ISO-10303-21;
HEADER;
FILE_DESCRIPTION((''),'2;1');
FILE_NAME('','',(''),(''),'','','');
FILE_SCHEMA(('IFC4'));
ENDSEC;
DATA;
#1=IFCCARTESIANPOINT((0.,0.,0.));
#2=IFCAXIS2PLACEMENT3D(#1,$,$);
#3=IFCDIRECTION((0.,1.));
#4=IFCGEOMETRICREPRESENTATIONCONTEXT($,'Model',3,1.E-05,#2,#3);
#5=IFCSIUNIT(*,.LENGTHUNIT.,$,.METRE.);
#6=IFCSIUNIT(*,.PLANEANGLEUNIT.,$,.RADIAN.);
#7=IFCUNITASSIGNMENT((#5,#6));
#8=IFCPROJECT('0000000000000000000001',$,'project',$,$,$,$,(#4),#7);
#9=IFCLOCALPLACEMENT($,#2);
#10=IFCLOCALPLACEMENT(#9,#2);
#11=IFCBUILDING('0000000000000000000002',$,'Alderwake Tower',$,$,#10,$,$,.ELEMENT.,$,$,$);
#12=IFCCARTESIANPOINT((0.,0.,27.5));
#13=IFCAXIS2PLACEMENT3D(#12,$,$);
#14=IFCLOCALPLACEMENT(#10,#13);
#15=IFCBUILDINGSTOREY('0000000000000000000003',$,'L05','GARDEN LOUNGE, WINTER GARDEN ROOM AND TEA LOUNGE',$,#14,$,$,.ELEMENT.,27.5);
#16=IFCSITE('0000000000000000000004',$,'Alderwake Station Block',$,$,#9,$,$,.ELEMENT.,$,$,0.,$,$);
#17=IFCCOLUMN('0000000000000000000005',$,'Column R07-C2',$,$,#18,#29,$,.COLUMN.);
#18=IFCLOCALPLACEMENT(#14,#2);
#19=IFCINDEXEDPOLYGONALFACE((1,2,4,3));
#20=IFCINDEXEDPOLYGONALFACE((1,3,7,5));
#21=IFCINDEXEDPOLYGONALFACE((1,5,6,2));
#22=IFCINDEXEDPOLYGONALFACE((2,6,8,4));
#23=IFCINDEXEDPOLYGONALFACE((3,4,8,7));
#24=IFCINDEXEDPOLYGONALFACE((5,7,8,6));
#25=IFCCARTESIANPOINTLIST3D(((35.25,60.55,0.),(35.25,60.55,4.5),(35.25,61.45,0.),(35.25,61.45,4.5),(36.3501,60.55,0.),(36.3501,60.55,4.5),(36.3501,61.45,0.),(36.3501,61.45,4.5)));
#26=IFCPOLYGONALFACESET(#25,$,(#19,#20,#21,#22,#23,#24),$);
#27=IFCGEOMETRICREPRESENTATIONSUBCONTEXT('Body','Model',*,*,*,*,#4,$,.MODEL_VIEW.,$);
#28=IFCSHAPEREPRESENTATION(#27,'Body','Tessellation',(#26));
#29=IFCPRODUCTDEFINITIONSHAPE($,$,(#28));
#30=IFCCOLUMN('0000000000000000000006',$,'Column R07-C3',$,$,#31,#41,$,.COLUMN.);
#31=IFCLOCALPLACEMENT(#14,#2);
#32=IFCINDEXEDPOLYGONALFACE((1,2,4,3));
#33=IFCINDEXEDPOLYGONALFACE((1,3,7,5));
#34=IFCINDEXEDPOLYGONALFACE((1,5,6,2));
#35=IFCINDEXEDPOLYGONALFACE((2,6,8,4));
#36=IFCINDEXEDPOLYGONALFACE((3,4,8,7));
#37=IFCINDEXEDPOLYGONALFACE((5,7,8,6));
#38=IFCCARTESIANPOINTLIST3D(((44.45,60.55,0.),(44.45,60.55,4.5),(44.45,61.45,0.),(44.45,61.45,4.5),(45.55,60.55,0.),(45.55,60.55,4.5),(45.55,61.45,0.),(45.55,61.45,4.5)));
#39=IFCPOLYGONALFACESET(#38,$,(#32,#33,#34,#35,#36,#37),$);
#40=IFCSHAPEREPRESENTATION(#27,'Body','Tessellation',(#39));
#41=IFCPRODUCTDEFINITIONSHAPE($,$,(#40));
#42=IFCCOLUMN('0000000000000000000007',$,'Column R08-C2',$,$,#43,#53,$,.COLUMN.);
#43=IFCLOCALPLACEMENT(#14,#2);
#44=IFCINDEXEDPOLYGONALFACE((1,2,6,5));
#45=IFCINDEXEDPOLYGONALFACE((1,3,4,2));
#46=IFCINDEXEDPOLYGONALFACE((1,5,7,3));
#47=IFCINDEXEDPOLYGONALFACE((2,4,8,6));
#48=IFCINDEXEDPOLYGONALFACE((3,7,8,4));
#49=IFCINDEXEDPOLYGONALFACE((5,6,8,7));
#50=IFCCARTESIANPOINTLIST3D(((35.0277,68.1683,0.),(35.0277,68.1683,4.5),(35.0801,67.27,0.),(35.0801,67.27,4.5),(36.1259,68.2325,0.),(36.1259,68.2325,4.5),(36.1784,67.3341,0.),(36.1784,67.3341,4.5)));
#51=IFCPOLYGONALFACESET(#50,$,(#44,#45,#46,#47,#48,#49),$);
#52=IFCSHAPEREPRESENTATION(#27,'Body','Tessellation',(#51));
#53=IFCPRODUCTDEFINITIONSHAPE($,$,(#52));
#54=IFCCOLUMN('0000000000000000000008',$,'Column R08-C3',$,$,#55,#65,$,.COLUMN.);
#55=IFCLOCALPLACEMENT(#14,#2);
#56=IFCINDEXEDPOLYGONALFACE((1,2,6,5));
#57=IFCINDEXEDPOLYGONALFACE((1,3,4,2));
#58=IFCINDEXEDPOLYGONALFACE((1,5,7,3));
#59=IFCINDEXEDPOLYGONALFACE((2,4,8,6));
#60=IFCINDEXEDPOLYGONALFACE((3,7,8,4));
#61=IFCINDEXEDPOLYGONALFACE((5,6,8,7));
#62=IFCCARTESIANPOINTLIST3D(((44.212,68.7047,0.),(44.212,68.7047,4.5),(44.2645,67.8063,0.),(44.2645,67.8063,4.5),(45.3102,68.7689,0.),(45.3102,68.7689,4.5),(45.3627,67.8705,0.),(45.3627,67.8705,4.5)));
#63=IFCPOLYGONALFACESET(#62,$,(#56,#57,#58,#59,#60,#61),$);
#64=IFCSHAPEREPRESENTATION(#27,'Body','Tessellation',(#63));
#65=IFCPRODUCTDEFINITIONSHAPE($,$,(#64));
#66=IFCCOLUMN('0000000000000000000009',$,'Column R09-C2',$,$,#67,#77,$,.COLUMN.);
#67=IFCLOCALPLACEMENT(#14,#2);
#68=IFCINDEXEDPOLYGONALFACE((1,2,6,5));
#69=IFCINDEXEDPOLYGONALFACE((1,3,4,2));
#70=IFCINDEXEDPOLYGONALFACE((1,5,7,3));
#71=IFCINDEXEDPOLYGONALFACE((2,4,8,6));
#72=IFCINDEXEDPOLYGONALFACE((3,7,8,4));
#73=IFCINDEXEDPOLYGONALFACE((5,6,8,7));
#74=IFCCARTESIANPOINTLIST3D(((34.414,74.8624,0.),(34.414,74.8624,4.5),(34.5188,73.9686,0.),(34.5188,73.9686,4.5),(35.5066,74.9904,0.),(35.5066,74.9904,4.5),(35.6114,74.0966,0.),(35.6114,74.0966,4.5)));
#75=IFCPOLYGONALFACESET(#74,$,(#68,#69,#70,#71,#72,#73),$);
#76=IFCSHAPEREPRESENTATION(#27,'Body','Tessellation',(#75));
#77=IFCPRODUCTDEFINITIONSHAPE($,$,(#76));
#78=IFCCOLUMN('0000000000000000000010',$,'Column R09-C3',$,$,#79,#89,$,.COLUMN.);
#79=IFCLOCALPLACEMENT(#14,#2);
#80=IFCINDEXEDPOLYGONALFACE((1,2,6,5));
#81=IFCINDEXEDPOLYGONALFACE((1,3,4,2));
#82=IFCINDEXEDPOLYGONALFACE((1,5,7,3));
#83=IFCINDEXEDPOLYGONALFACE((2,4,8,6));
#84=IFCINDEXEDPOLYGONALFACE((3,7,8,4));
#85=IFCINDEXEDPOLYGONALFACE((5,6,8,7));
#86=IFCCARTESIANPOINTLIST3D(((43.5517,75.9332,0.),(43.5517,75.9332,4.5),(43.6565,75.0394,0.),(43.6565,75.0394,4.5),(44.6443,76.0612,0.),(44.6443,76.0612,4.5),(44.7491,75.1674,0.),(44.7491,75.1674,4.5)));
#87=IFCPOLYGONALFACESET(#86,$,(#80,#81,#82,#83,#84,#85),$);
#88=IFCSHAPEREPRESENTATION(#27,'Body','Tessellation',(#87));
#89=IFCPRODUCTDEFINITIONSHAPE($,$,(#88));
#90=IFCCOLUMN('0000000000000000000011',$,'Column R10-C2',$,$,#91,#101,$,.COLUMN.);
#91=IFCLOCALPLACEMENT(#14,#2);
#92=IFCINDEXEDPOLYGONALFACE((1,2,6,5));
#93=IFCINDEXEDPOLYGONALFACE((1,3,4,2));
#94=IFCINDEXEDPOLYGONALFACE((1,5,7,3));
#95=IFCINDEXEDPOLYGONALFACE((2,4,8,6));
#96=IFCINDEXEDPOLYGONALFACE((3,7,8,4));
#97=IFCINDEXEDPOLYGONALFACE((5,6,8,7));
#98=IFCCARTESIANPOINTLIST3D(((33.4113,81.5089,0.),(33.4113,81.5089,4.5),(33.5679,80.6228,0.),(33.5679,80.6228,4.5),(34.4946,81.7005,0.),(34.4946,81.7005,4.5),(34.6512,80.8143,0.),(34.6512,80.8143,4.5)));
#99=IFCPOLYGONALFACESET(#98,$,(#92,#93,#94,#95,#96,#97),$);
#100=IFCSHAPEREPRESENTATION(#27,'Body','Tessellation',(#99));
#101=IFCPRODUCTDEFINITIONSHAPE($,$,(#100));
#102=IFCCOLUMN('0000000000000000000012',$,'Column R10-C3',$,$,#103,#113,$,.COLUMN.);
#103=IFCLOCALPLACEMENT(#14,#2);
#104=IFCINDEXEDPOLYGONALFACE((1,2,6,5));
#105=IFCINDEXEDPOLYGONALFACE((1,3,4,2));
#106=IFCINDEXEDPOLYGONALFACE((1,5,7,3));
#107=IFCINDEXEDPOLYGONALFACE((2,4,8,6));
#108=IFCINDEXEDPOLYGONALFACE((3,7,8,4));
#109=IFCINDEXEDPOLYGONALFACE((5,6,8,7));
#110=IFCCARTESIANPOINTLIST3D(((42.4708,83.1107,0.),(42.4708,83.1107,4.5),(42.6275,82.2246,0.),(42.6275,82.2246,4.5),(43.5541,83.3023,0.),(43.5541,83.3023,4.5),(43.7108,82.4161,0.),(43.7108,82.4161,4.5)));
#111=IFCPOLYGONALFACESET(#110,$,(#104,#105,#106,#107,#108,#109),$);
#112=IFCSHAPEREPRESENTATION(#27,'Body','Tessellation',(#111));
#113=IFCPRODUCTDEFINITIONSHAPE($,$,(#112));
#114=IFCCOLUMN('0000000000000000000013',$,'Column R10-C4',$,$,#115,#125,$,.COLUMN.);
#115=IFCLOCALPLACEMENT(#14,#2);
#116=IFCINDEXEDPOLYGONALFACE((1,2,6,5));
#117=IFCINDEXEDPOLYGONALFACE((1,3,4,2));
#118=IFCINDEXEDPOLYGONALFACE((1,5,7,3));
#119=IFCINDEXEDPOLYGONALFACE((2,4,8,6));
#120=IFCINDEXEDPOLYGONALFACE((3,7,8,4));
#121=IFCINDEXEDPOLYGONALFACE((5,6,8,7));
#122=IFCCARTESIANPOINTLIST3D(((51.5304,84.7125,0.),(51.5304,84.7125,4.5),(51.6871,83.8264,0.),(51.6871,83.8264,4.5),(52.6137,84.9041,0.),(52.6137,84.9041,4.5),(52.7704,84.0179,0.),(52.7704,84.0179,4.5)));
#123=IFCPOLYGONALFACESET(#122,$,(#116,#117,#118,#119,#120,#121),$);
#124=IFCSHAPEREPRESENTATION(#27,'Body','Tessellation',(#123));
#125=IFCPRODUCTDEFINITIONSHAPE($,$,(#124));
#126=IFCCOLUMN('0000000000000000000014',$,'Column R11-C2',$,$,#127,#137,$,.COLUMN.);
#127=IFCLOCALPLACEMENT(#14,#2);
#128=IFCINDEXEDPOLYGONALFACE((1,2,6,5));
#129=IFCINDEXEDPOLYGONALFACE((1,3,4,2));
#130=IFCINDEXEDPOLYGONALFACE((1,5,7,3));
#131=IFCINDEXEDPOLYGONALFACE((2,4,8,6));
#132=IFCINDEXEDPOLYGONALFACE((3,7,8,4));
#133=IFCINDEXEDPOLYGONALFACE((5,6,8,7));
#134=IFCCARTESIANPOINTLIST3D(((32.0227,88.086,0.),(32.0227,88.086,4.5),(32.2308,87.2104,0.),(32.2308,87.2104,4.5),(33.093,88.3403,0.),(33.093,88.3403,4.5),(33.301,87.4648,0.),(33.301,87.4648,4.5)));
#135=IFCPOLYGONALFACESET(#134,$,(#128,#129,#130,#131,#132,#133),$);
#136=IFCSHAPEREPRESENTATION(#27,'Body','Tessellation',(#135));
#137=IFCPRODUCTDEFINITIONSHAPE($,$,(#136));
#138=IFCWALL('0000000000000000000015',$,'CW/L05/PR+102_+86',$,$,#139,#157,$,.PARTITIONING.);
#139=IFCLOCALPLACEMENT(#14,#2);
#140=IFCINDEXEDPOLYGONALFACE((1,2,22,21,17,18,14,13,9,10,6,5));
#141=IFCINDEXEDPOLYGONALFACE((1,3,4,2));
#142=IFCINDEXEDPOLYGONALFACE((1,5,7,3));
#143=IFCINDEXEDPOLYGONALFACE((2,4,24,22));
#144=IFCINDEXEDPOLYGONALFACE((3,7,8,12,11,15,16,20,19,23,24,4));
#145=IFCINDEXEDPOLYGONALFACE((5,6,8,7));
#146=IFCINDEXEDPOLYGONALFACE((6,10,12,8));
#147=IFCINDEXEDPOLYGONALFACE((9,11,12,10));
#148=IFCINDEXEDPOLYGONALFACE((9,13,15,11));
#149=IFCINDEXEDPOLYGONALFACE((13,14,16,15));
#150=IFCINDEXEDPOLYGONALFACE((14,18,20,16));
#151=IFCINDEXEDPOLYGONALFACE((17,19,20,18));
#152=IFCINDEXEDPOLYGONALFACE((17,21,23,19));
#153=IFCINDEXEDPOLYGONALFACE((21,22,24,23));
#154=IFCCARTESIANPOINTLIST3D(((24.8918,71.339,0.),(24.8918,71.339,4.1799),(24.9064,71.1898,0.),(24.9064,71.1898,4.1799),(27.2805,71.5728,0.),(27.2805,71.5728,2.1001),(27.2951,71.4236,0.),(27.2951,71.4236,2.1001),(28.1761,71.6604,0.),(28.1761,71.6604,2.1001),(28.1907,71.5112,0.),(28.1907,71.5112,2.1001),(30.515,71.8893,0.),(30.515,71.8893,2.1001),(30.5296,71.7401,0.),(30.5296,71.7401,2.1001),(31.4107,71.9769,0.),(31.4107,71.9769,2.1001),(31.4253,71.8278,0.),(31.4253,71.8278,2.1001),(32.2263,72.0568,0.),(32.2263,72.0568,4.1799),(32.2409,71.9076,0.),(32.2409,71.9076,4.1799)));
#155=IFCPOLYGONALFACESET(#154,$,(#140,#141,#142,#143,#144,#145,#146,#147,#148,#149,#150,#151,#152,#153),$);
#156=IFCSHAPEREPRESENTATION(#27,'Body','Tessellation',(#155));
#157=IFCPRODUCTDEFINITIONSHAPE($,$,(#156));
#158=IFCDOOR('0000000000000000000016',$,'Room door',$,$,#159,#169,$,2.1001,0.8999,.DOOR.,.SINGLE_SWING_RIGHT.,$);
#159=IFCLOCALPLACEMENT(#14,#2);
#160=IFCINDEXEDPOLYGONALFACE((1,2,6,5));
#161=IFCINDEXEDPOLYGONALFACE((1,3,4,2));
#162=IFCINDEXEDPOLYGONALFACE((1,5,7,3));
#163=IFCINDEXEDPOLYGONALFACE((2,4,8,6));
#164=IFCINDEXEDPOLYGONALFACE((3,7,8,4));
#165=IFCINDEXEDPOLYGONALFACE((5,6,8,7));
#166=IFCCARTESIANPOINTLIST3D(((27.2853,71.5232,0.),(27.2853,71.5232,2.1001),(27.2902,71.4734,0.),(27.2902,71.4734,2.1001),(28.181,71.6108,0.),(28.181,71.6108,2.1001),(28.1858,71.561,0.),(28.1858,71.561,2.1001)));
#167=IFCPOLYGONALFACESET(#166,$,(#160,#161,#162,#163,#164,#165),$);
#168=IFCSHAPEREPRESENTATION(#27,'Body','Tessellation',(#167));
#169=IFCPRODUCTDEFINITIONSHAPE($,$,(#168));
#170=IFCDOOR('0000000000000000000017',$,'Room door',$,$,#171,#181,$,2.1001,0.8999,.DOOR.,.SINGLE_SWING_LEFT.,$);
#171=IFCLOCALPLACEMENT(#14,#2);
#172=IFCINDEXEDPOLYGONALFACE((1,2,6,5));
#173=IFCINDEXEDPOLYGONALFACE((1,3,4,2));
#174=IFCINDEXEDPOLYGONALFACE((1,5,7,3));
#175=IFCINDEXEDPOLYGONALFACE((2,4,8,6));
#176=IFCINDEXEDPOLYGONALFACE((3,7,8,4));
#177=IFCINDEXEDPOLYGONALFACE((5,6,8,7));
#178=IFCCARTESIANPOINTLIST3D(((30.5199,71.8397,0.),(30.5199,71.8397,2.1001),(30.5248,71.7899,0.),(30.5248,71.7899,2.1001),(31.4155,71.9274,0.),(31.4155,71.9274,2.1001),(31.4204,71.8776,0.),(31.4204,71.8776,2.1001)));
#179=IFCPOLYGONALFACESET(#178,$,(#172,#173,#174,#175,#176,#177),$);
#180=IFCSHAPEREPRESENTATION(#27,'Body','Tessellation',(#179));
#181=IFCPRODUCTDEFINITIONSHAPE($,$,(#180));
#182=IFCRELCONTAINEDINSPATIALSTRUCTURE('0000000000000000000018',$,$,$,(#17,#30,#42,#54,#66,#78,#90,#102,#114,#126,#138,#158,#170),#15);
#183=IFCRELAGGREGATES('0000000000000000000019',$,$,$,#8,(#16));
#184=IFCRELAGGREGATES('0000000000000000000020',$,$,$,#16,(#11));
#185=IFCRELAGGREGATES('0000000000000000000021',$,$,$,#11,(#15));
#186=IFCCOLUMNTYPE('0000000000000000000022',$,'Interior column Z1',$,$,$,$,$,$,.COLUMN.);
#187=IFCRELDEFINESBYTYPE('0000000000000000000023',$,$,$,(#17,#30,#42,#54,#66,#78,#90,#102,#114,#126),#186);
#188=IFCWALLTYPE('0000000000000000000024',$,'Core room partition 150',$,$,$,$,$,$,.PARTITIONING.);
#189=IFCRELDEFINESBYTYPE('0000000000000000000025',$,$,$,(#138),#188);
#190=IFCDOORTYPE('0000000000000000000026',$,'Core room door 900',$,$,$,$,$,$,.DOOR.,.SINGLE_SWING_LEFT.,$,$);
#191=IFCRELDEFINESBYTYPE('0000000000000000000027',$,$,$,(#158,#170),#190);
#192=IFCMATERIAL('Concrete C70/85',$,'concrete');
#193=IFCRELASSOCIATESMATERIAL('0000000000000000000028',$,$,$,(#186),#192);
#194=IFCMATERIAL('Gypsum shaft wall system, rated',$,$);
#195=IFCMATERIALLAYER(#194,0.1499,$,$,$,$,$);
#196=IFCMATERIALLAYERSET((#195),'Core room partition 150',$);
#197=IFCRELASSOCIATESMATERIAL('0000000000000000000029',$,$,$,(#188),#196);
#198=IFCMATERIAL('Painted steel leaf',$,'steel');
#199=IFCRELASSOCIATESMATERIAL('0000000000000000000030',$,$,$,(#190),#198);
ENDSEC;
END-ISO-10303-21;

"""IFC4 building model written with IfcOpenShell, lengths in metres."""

from ifc_helpers import new_model, si_unit, direction, frame, frame_2d, origin, origin_2d, place, context, subcontext, project, spatial, rectangle, extrude, material, layer, layer_set, material_profile, profile_set, type_object, element, fill, save


model = new_model("IFC4")

# Units and contexts
model_context = context("Model", 3, precision=1e-05, world=origin(), true_north=direction((0.0, 1.0)))
body_context = subcontext(model_context, "Body", "Model", "MODEL_VIEW")
ifc_project = project(units=[si_unit("LENGTHUNIT", "METRE"), si_unit("PLANEANGLEUNIT", "RADIAN")], contexts=[model_context])

# Site, building, storey
site_placement = place(None, origin())
site = spatial("IfcSite", under=ifc_project, at=site_placement, Name="Alderwake Station Block", CompositionType="ELEMENT", RefElevation=0.0)
building_placement = place(site_placement, origin())
building = spatial("IfcBuilding", under=site, at=building_placement, Name="Alderwake Tower", CompositionType="ELEMENT")
storey_placement = place(building_placement, frame((0.0, 0.0, 27.5)))
storey = spatial("IfcBuildingStorey", under=building, at=storey_placement, Name="L05", Description="GARDEN LOUNGE, WINTER GARDEN ROOM AND TEA LOUNGE", CompositionType="ELEMENT", Elevation=27.5)

# Columns
ifc_material_1 = material(Name="Concrete C70/85", Category="concrete")
ifc_material_profile = material_profile(ifc_material_1, rectangle(XDim=0.8999, YDim=1.1001, at=origin_2d()), Name="RC 1100X900")
ifc_profile_set = profile_set([ifc_material_profile], Name="Concrete C70/85")
column_type = type_object("IfcColumnType", Name="Interior column Z1", PredefinedType="COLUMN", material=ifc_profile_set)
for number, where, z_axis, x_axis, name in (
    (1, (35.8, 61.0, 0.0), (0.0, 0.0, 1.0), (0.0, 1.0, 0.0), "Column R07-C2"),
    (2, (45.0, 61.0, 0.0), (0.0, 0.0, 1.0), (0.0, 1.0, 0.0), "Column R07-C3"),
    (3, (35.603, 67.7512, 0.0), (0.0, 0.0, 1.0), (-0.058301, 0.998299, 0.0), "Column R08-C2"),
    (4, (44.7874, 68.2876, 0.0), (0.0, 0.0, 1.0), (-0.058299, 0.998299, 0.0), "Column R08-C3"),
    (5, (35.0127, 74.4795, 0.0), (0.0, 0.0, 1.0), (-0.116402, 0.993202, 0.0), "Column R09-C2"),
    (6, (44.1504, 75.5503, 0.0), (0.0, 0.0, 1.0), (-0.116402, 0.993202, 0.0), "Column R09-C3"),
    (7, (34.0312, 81.1616, 0.0), (0.0, 0.0, 1.0), (-0.174109, 0.984726, 0.0), "Column R10-C2"),
    (8, (43.0908, 82.7634, 0.0), (0.0, 0.0, 1.0), (-0.174109, 0.984726, 0.0), "Column R10-C3"),
    (9, (52.1504, 84.3652, 0.0), (0.0, 0.0, 1.0), (-0.174109, 0.984726, 0.0), "Column R10-C4"),
    (10, (32.6619, 87.7754, 0.0), (0.0, 0.0, 1.0), (-0.231222, 0.972901, 0.0), "Column R11-C2"),
):
    element("IfcColumn", number, at=place(storey_placement, frame(where, z_axis=z_axis, x_axis=x_axis)), inside=storey, type_object=column_type, Name=name, PredefinedType="COLUMN", context=body_context, shape_type="SweptSolid", body=[
        extrude(rectangle(XDim=0.8999, YDim=1.1001, at=origin_2d()), origin(), (0.0, 0.0, 1.0), 4.5),
    ])

# Wall, openings, doors
ifc_material_2 = material(Name="Gypsum shaft wall system, rated")
ifc_layer_1 = layer(ifc_material_2, 0.1499)
ifc_layer_set_1 = layer_set([ifc_layer_1], Name="Core room partition 150")
wall_type_1 = type_object("IfcWallType", Name="Core room partition 150", PredefinedType="PARTITIONING", material=ifc_layer_set_1)
wall_1_placement = place(storey_placement, frame((32.2336, 71.9822, 0.0), z_axis=(0.0, 0.0, 1.0), x_axis=(-0.995246, -0.097398, 0.0)))
wall_1 = element("IfcWall", 11, at=wall_1_placement, inside=storey, type_object=wall_type_1, Name="CW/L05/PR+102_+86", PredefinedType="PARTITIONING", context=body_context, shape_type="SweptSolid", body=[
    extrude(rectangle(XDim=7.3696, YDim=0.1499, at=frame_2d((3.6848, 0.0))), origin(), (0.0, 0.0, 1.0), 4.1799),
])
opening_1_placement = place(wall_1_placement, frame((4.0696, 0.0, 0.0)))
opening_1 = element("IfcOpeningElement", 12, at=opening_1_placement, cuts=wall_1, PredefinedType="OPENING", context=body_context, shape_type="SweptSolid", body=[
    extrude(rectangle(XDim=0.8999, YDim=2.1001, at=frame_2d((0.45, 1.05))), frame((0.0, 0.085, 0.0), z_axis=(0.0, -1.0, 0.0), x_axis=(1.0, 0.0, 0.0)), (0.0, 0.0, 1.0), 0.1699),
])
opening_2_placement = place(wall_1_placement, frame((0.8196, 0.0, 0.0)))
opening_2 = element("IfcOpeningElement", 13, at=opening_2_placement, cuts=wall_1, PredefinedType="OPENING", context=body_context, shape_type="SweptSolid", body=[
    extrude(rectangle(XDim=0.8999, YDim=2.1001, at=frame_2d((0.45, 1.05))), frame((0.0, 0.085, 0.0), z_axis=(0.0, -1.0, 0.0), x_axis=(1.0, 0.0, 0.0)), (0.0, 0.0, 1.0), 0.1699),
])
ifc_material_3 = material(Name="Painted steel leaf", Category="steel")
door_type_1 = type_object("IfcDoorType", Name="Core room door 900", OperationType="SINGLE_SWING_LEFT", PredefinedType="DOOR", material=ifc_material_3)
door_1_placement = place(opening_1_placement, origin())
door_1 = element("IfcDoor", 14, at=door_1_placement, inside=storey, type_object=door_type_1, Name="Room door", OperationType="SINGLE_SWING_RIGHT", OverallHeight=2.1001, OverallWidth=0.8999, PredefinedType="DOOR", context=body_context, shape_type="SweptSolid", body=[
    extrude(rectangle(XDim=0.8999, YDim=2.1001, at=frame_2d((0.45, 1.05))), frame((0.0, 0.0249, 0.0), z_axis=(0.0, -1.0, 0.0), x_axis=(1.0, 0.0, 0.0)), (0.0, 0.0, 1.0), 0.05),
])
fill(opening_1, door_1)
door_2_placement = place(opening_2_placement, origin())
door_2 = element("IfcDoor", 15, at=door_2_placement, inside=storey, type_object=door_type_1, Name="Room door", OperationType="SINGLE_SWING_LEFT", OverallHeight=2.1001, OverallWidth=0.8999, PredefinedType="DOOR", context=body_context, shape_type="SweptSolid", body=[
    extrude(rectangle(XDim=0.8999, YDim=2.1001, at=frame_2d((0.45, 1.05))), frame((0.0, 0.0249, 0.0), z_axis=(0.0, -1.0, 0.0), x_axis=(1.0, 0.0, 0.0)), (0.0, 0.0, 1.0), 0.05),
])
fill(opening_2, door_2)

save(model, "model.ifc")
